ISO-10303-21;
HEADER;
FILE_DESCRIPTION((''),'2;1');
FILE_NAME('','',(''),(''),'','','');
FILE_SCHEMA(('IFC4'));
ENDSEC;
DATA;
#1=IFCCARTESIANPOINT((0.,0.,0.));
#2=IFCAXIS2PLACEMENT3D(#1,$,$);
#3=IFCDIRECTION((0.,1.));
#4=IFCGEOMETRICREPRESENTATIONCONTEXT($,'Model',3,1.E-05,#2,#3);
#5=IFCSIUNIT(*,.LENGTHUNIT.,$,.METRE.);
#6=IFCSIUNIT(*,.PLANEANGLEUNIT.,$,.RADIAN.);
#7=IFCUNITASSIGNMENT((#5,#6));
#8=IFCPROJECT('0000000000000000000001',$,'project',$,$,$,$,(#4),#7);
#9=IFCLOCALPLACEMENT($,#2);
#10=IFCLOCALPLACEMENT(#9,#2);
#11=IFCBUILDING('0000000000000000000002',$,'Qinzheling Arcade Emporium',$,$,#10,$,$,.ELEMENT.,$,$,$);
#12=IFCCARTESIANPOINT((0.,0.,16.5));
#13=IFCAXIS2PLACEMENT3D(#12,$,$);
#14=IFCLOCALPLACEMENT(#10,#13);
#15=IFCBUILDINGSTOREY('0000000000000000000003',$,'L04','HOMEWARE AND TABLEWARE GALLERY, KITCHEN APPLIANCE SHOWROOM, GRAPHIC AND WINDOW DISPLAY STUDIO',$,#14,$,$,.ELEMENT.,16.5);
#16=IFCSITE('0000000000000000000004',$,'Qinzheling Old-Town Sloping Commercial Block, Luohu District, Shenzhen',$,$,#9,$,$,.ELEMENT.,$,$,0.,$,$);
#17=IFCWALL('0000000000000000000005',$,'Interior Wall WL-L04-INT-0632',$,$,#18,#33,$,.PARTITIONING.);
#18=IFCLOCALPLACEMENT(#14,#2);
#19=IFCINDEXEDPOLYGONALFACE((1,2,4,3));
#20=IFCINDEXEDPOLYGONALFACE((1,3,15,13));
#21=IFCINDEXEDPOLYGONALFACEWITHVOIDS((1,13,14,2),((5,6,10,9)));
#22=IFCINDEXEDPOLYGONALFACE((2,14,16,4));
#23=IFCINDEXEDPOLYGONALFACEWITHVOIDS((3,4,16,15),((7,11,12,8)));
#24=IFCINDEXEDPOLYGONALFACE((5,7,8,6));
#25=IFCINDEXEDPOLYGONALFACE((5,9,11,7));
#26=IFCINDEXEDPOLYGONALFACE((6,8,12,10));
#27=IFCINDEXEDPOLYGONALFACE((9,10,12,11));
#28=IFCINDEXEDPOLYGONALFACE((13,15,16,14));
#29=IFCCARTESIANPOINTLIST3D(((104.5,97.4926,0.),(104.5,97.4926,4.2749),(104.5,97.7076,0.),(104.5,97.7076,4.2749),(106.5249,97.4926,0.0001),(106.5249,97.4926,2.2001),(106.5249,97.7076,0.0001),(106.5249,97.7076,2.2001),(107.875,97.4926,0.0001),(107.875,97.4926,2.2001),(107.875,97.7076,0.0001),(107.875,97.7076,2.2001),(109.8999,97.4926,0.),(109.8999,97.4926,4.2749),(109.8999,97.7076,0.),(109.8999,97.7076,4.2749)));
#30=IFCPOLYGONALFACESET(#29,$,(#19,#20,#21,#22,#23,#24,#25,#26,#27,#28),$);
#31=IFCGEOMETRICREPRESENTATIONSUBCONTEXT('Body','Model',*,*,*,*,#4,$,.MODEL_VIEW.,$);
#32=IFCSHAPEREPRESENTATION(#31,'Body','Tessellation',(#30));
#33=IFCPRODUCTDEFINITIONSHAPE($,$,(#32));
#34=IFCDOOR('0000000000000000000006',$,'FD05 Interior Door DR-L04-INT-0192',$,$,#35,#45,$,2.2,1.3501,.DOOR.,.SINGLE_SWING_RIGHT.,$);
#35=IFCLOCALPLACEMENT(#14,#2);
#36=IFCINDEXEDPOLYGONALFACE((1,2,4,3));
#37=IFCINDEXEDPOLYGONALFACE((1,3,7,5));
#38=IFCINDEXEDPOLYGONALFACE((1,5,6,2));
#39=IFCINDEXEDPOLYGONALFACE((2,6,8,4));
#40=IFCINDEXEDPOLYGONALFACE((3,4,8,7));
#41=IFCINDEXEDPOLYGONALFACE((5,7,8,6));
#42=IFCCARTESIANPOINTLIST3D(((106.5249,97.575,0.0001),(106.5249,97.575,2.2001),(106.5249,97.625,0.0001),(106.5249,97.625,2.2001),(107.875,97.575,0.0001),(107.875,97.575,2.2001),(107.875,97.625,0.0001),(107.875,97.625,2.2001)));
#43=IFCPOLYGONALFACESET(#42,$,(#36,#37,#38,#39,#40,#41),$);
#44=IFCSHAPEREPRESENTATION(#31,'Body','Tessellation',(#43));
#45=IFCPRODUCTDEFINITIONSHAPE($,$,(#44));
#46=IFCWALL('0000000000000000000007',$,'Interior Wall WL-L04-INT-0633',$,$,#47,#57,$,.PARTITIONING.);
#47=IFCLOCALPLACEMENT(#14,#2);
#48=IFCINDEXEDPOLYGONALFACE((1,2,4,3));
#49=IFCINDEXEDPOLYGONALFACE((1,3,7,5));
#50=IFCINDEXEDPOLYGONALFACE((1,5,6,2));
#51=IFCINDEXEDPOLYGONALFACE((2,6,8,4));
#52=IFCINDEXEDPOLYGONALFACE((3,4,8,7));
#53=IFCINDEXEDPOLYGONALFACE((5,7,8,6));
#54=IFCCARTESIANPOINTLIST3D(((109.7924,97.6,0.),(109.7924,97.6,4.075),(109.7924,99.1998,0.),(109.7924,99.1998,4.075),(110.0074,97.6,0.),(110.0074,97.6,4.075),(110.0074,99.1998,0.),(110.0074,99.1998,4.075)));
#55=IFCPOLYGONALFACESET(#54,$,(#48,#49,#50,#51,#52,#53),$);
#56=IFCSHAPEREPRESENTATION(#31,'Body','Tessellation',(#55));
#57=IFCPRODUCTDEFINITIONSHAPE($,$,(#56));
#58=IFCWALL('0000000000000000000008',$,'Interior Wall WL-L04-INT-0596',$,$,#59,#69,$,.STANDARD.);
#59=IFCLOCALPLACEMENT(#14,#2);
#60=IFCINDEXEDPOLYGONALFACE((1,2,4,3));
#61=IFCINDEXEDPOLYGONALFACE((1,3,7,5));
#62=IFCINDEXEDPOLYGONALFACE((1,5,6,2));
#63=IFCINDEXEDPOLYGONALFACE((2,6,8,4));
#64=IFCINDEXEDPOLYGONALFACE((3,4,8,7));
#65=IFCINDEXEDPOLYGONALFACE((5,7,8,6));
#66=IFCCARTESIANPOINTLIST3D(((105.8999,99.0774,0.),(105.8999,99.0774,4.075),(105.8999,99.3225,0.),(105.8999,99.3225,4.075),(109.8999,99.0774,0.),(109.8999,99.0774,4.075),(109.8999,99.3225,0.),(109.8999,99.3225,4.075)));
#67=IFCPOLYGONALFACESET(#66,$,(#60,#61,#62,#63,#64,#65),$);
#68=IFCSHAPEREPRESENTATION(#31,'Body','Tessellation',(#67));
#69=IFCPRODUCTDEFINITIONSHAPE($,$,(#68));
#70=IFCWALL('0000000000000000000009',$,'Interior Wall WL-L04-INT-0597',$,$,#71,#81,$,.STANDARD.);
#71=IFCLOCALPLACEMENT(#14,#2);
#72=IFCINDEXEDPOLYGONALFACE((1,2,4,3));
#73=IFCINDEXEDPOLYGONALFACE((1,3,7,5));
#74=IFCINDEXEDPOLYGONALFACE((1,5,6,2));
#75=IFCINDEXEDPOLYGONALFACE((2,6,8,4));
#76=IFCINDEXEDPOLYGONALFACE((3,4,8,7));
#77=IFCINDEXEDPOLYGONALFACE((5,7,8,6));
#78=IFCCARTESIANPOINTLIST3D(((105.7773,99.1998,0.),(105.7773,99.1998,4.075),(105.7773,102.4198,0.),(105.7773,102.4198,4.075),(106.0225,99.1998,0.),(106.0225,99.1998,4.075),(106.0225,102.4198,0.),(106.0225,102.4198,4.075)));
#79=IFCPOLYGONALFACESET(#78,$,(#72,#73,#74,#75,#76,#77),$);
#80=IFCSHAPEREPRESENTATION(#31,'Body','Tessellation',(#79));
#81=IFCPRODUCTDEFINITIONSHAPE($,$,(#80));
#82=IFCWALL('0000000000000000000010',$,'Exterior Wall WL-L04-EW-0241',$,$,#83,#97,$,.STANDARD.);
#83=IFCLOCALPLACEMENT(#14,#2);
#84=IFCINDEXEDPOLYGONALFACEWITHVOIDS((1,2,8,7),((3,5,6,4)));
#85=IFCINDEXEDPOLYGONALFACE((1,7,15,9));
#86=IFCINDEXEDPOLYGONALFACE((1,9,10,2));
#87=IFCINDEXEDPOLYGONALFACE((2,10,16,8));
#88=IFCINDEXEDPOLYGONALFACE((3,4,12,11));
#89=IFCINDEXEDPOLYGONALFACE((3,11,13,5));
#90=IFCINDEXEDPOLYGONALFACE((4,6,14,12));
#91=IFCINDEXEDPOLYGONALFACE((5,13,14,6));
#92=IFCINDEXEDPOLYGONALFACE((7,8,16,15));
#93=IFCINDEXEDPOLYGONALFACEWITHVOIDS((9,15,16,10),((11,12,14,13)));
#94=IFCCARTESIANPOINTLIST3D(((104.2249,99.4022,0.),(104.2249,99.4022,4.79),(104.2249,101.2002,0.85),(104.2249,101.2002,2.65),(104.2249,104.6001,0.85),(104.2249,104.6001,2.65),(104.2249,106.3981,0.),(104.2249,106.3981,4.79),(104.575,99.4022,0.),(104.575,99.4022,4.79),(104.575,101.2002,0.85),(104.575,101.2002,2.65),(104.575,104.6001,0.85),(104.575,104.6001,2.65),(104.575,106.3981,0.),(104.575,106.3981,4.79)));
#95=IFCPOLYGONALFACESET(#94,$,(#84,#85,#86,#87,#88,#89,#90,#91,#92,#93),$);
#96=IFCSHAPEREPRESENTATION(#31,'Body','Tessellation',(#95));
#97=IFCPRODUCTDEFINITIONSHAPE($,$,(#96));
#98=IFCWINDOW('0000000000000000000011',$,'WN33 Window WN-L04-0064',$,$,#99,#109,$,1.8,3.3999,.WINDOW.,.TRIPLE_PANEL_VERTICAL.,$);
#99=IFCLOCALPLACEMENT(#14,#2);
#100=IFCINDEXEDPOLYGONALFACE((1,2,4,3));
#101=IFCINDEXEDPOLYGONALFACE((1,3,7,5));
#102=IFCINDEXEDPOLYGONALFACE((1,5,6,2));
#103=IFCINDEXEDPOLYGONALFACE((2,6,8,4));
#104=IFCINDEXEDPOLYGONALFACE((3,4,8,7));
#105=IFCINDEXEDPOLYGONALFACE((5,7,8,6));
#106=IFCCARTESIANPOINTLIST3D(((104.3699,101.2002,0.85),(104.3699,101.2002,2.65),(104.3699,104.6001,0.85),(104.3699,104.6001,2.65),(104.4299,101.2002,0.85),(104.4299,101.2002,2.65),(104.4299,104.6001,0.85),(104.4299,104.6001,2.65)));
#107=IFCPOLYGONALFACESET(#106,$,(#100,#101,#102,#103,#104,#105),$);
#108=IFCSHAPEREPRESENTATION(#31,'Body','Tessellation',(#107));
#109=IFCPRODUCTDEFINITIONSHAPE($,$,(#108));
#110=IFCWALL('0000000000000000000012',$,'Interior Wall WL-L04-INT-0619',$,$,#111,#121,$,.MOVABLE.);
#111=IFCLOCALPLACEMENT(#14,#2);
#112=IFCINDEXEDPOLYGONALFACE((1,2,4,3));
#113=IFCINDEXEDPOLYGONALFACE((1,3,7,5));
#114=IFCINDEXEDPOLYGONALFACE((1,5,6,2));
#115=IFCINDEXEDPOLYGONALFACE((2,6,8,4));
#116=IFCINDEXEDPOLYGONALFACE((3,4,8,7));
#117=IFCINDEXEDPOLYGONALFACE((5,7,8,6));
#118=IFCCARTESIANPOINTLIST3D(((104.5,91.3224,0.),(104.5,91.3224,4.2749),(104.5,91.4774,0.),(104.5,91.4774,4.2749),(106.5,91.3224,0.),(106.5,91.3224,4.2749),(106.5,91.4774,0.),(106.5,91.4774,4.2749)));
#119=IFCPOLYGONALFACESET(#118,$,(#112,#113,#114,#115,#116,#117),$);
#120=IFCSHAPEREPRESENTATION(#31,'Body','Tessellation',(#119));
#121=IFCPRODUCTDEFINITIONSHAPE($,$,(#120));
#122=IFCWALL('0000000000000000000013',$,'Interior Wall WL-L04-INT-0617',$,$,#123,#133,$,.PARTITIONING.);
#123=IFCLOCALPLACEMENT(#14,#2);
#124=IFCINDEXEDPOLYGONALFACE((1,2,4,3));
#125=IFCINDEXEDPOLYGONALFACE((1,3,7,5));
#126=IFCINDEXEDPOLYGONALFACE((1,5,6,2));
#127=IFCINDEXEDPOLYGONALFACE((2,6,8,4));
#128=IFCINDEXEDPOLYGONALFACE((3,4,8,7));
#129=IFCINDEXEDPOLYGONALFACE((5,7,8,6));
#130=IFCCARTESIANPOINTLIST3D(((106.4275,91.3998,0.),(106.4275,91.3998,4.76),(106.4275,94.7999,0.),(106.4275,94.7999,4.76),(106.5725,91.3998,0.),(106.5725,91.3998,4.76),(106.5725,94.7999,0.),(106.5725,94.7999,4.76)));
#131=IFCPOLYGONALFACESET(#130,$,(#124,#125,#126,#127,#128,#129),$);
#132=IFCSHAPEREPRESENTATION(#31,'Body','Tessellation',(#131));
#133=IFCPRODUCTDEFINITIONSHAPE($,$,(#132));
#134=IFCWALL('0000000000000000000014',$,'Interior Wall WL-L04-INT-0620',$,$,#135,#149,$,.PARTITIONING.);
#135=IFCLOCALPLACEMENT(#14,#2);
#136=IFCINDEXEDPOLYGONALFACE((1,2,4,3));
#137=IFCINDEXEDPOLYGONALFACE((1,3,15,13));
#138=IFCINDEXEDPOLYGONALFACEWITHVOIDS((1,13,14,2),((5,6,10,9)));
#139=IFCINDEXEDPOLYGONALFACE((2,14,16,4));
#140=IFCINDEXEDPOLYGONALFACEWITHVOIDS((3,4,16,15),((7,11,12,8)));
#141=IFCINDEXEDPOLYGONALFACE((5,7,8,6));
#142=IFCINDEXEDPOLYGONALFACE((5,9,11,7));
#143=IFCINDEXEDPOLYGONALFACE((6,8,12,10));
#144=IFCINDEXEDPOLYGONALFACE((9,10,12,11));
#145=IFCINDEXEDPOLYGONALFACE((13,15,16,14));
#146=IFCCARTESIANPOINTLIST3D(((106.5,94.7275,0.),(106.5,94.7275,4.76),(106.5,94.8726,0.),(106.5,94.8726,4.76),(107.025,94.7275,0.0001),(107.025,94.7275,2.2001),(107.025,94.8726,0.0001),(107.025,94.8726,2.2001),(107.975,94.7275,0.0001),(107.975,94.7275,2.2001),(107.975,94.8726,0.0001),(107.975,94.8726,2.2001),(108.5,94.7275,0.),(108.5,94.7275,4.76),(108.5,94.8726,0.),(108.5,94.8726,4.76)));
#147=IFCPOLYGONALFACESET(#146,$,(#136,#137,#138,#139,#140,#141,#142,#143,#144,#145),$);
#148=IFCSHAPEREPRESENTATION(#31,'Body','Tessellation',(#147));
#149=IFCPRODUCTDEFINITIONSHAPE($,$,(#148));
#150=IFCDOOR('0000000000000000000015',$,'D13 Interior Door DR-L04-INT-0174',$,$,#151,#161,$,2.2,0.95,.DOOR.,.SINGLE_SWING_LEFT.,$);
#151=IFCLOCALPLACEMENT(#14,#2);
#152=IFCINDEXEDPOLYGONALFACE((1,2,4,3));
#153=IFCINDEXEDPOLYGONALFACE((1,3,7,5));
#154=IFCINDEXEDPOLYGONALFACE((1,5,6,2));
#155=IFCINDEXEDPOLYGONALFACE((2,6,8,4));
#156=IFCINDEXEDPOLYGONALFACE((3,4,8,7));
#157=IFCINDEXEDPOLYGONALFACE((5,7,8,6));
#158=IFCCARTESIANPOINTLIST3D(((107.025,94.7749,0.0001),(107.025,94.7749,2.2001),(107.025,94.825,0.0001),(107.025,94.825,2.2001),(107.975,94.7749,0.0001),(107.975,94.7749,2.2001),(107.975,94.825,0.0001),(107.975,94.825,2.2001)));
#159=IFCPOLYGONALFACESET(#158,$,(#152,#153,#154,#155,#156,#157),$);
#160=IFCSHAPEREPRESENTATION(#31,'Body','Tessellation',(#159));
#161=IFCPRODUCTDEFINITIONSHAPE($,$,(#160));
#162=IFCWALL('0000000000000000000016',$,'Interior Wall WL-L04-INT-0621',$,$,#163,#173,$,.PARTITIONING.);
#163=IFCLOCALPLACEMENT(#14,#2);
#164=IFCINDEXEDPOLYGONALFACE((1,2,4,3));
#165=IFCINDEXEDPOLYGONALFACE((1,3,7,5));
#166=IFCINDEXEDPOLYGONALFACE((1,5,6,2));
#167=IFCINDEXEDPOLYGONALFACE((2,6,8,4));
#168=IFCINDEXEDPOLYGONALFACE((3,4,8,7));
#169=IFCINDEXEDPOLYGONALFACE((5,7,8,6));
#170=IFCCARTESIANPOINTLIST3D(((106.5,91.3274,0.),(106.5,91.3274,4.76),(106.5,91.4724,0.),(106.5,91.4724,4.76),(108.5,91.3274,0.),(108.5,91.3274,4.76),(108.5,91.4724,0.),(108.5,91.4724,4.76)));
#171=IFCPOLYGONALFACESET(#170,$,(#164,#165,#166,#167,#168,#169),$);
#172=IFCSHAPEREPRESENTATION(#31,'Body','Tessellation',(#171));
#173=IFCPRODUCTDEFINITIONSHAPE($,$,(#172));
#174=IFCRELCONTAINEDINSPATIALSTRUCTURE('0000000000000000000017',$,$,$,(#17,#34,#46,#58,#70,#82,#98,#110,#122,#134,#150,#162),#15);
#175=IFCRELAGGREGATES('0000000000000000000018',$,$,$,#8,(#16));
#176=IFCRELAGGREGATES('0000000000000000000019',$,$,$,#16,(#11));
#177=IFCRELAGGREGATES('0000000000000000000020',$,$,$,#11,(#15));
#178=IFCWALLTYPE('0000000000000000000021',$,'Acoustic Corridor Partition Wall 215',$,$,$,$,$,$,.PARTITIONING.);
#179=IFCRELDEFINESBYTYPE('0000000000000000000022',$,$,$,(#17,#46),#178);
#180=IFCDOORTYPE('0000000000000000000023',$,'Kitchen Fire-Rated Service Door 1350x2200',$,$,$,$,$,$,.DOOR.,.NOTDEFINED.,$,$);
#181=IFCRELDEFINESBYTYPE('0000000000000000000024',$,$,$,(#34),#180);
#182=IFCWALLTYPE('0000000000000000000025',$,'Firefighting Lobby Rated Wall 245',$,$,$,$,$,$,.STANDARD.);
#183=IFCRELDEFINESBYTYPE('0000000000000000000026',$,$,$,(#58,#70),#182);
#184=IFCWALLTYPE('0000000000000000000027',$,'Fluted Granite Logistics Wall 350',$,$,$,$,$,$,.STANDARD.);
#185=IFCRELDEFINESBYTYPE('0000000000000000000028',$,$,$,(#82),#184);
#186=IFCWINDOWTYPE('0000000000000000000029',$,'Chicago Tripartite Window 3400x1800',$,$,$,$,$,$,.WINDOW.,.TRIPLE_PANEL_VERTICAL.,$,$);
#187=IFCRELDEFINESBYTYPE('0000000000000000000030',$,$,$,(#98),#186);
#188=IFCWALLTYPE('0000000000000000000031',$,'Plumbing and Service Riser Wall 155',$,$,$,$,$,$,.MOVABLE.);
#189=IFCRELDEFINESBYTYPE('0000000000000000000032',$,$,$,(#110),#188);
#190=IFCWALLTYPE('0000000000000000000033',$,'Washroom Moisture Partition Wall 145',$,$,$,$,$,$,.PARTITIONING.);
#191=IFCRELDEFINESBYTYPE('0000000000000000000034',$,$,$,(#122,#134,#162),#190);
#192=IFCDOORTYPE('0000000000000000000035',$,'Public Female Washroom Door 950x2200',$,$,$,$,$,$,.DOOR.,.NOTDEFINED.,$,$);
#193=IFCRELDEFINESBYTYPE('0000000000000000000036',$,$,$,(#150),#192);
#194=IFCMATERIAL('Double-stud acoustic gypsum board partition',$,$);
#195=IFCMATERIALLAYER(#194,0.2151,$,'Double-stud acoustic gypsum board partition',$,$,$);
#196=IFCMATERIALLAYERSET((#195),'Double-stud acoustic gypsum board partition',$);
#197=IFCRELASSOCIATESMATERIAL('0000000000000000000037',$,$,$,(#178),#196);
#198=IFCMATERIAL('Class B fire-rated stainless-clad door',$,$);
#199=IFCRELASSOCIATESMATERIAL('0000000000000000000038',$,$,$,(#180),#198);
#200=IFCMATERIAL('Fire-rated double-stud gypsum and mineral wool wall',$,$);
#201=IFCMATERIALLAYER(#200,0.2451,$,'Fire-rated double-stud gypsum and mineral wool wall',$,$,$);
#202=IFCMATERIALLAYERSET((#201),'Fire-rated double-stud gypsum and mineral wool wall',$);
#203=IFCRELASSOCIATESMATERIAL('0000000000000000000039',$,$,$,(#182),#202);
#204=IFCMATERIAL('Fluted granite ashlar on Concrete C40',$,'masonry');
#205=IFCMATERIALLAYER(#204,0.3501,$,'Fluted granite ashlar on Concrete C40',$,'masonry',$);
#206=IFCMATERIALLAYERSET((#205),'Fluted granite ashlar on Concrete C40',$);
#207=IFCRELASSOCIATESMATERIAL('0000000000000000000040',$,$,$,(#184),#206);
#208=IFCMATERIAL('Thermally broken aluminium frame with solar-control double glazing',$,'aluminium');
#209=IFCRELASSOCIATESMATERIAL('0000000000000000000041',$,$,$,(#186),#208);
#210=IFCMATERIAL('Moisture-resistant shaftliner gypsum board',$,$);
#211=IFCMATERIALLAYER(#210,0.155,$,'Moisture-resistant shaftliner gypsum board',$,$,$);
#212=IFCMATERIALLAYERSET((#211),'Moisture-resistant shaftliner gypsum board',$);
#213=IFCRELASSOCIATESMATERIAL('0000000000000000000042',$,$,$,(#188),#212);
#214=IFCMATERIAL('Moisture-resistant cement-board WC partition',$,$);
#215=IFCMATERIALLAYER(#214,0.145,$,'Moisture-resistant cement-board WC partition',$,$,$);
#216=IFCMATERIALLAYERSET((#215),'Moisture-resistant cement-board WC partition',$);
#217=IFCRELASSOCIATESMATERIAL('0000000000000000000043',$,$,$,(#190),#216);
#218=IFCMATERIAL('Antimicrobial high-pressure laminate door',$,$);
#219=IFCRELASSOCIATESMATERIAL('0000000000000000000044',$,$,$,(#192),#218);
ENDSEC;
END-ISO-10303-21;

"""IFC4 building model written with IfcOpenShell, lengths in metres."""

from ifc_helpers import new_model, si_unit, direction, frame, frame_2d, origin, place, context, subcontext, project, spatial, rectangle, extrude, material, layer, layer_set, type_object, element, fill, save


model = new_model("IFC4")

# Units and contexts
model_context = context("Model", 3, precision=1e-05, world=origin(), true_north=direction((0.0, 1.0)))
body_context = subcontext(model_context, "Body", "Model", "MODEL_VIEW")
ifc_project = project(units=[si_unit("LENGTHUNIT", "METRE"), si_unit("PLANEANGLEUNIT", "RADIAN")], contexts=[model_context])

# Site, building, storey
site_placement = place(None, origin())
site = spatial("IfcSite", under=ifc_project, at=site_placement, Name="Qinzheling Old-Town Sloping Commercial Block, Luohu District, Shenzhen", CompositionType="ELEMENT", RefElevation=0.0)
building_placement = place(site_placement, origin())
building = spatial("IfcBuilding", under=site, at=building_placement, Name="Qinzheling Arcade Emporium", CompositionType="ELEMENT")
storey_placement = place(building_placement, frame((0.0, 0.0, 16.5)))
storey = spatial("IfcBuildingStorey", under=building, at=storey_placement, Name="L04", Description="HOMEWARE AND TABLEWARE GALLERY, KITCHEN APPLIANCE SHOWROOM, GRAPHIC AND WINDOW DISPLAY STUDIO", CompositionType="ELEMENT", Elevation=16.5)

# Shared definitions
ifc_material_1 = material(Name="Double-stud acoustic gypsum board partition")
ifc_layer_1 = layer(ifc_material_1, 0.2151, Name="Double-stud acoustic gypsum board partition")
ifc_layer_set_1 = layer_set([ifc_layer_1], Name="Double-stud acoustic gypsum board partition")
wall_type_1 = type_object("IfcWallType", Name="Acoustic Corridor Partition Wall 215", PredefinedType="PARTITIONING", material=ifc_layer_set_1)

# Wall, opening, door
wall_1_placement = place(storey_placement, frame((104.5, 97.6001, 0.0), z_axis=(0.0, 0.0, 1.0), x_axis=(1.0, 0.0, 0.0)))
wall_1 = element("IfcWall", 1, at=wall_1_placement, inside=storey, type_object=wall_type_1, Name="Interior Wall WL-L04-INT-0632", PredefinedType="PARTITIONING", context=body_context, shape_type="SweptSolid", body=[
    extrude(rectangle(XDim=5.3999, YDim=0.2151, at=frame_2d((2.7, 0.0))), origin(), (0.0, 0.0, 1.0), 4.2749),
])
opening_1_placement = place(wall_1_placement, frame((2.0249, 0.0, 0.0)))
opening_1 = element("IfcOpeningElement", 2, at=opening_1_placement, cuts=wall_1, PredefinedType="OPENING", context=body_context, shape_type="SweptSolid", body=[
    extrude(rectangle(XDim=1.3501, YDim=2.2, at=frame_2d((0.675, 1.1001))), frame((0.0, 0.1177, 0.0), z_axis=(0.0, -1.0, 0.0), x_axis=(1.0, 0.0, 0.0)), (0.0, 0.0, 1.0), 0.2351),
])
ifc_material_2 = material(Name="Class B fire-rated stainless-clad door")
door_type_1 = type_object("IfcDoorType", Name="Kitchen Fire-Rated Service Door 1350x2200", OperationType="NOTDEFINED", PredefinedType="DOOR", material=ifc_material_2)
door_1_placement = place(opening_1_placement, origin())
door_1 = element("IfcDoor", 3, at=door_1_placement, inside=storey, type_object=door_type_1, Name="FD05 Interior Door DR-L04-INT-0192", OperationType="SINGLE_SWING_RIGHT", OverallHeight=2.2, OverallWidth=1.3501, PredefinedType="DOOR", context=body_context, shape_type="SweptSolid", body=[
    extrude(rectangle(XDim=1.3501, YDim=2.2, at=frame_2d((0.675, 1.1001))), frame((0.0, 0.0249, 0.0), z_axis=(0.0, -1.0, 0.0), x_axis=(1.0, 0.0, 0.0)), (0.0, 0.0, 1.0), 0.05),
])
fill(opening_1, door_1)

# Walls
wall_2_placement = place(storey_placement, frame((109.8999, 97.6001, 0.0), z_axis=(0.0, 0.0, 1.0), x_axis=(0.0, 1.0, 0.0)))
element("IfcWall", 4, at=wall_2_placement, inside=storey, type_object=wall_type_1, Name="Interior Wall WL-L04-INT-0633", PredefinedType="PARTITIONING", context=body_context, shape_type="SweptSolid", body=[
    extrude(rectangle(XDim=1.5999, YDim=0.2151, at=frame_2d((0.7998, 0.0))), origin(), (0.0, 0.0, 1.0), 4.075),
])
ifc_material_3 = material(Name="Fire-rated double-stud gypsum and mineral wool wall")
ifc_layer_2 = layer(ifc_material_3, 0.2451, Name="Fire-rated double-stud gypsum and mineral wool wall")
ifc_layer_set_2 = layer_set([ifc_layer_2], Name="Fire-rated double-stud gypsum and mineral wool wall")
wall_type_2 = type_object("IfcWallType", Name="Firefighting Lobby Rated Wall 245", PredefinedType="STANDARD", material=ifc_layer_set_2)
wall_3_placement = place(storey_placement, frame((109.8999, 99.2, 0.0), z_axis=(0.0, 0.0, 1.0), x_axis=(-1.0, 0.0, 0.0)))
element("IfcWall", 5, at=wall_3_placement, inside=storey, type_object=wall_type_2, Name="Interior Wall WL-L04-INT-0596", PredefinedType="STANDARD", context=body_context, shape_type="SweptSolid", body=[
    extrude(rectangle(XDim=4.0, YDim=0.2451, at=frame_2d((2.0, 0.0))), origin(), (0.0, 0.0, 1.0), 4.075),
])
wall_4_placement = place(storey_placement, frame((105.8999, 99.2, 0.0), z_axis=(0.0, 0.0, 1.0), x_axis=(0.0, 1.0, 0.0)))
element("IfcWall", 6, at=wall_4_placement, inside=storey, type_object=wall_type_2, Name="Interior Wall WL-L04-INT-0597", PredefinedType="STANDARD", context=body_context, shape_type="SweptSolid", body=[
    extrude(rectangle(XDim=3.22, YDim=0.2451, at=frame_2d((1.6099, 0.0))), origin(), (0.0, 0.0, 1.0), 4.075),
])

# Wall, opening, window
ifc_material_4 = material(Name="Fluted granite ashlar on Concrete C40", Category="masonry")
ifc_layer_3 = layer(ifc_material_4, 0.3501, Name="Fluted granite ashlar on Concrete C40", Category="masonry")
ifc_layer_set_3 = layer_set([ifc_layer_3], Name="Fluted granite ashlar on Concrete C40")
wall_type_3 = type_object("IfcWallType", Name="Fluted Granite Logistics Wall 350", PredefinedType="STANDARD", material=ifc_layer_set_3)
wall_5_placement = place(storey_placement, frame((104.3999, 99.4021, 0.0), z_axis=(0.0, 0.0, 1.0), x_axis=(0.0, 1.0, 0.0)))
wall_5 = element("IfcWall", 7, at=wall_5_placement, inside=storey, type_object=wall_type_3, Name="Exterior Wall WL-L04-EW-0241", PredefinedType="STANDARD", context=body_context, shape_type="SweptSolid", body=[
    extrude(rectangle(XDim=6.9958, YDim=0.3501, at=frame_2d((3.498, 0.0))), origin(), (0.0, 0.0, 1.0), 4.79),
])
opening_2_placement = place(wall_5_placement, frame((1.7981, 0.0, 0.8501)))
opening_2 = element("IfcOpeningElement", 8, at=opening_2_placement, cuts=wall_5, PredefinedType="OPENING", context=body_context, shape_type="SweptSolid", body=[
    extrude(rectangle(XDim=3.3999, YDim=1.8, at=frame_2d((1.7, 0.8999))), frame((0.0, 0.1851, 0.0), z_axis=(0.0, -1.0, 0.0), x_axis=(1.0, 0.0, 0.0)), (0.0, 0.0, 1.0), 0.3701),
])
ifc_material_5 = material(Name="Thermally broken aluminium frame with solar-control double glazing", Category="aluminium")
window_type = type_object("IfcWindowType", Name="Chicago Tripartite Window 3400x1800", PartitioningType="TRIPLE_PANEL_VERTICAL", PredefinedType="WINDOW", material=ifc_material_5)
window_placement = place(opening_2_placement, origin())
window = element("IfcWindow", 9, at=window_placement, inside=storey, type_object=window_type, Name="WN33 Window WN-L04-0064", OverallHeight=1.8, OverallWidth=3.3999, PartitioningType="TRIPLE_PANEL_VERTICAL", PredefinedType="WINDOW", context=body_context, shape_type="SweptSolid", body=[
    extrude(rectangle(XDim=3.3999, YDim=1.8, at=frame_2d((1.7, 0.8999))), frame((0.0, 0.03, 0.0), z_axis=(0.0, -1.0, 0.0), x_axis=(1.0, 0.0, 0.0)), (0.0, 0.0, 1.0), 0.0601),
])
fill(opening_2, window)

# Walls
ifc_material_6 = material(Name="Moisture-resistant shaftliner gypsum board")
ifc_layer_4 = layer(ifc_material_6, 0.155, Name="Moisture-resistant shaftliner gypsum board")
ifc_layer_set_4 = layer_set([ifc_layer_4], Name="Moisture-resistant shaftliner gypsum board")
wall_type_4 = type_object("IfcWallType", Name="Plumbing and Service Riser Wall 155", PredefinedType="MOVABLE", material=ifc_layer_set_4)
wall_6_placement = place(storey_placement, frame((106.5, 91.3999, 0.0), z_axis=(0.0, 0.0, 1.0), x_axis=(-1.0, 0.0, 0.0)))
element("IfcWall", 10, at=wall_6_placement, inside=storey, type_object=wall_type_4, Name="Interior Wall WL-L04-INT-0619", PredefinedType="MOVABLE", context=body_context, shape_type="SweptSolid", body=[
    extrude(rectangle(XDim=2.0, YDim=0.155, at=frame_2d((1.0, 0.0))), origin(), (0.0, 0.0, 1.0), 4.2749),
])
ifc_material_7 = material(Name="Moisture-resistant cement-board WC partition")
ifc_layer_5 = layer(ifc_material_7, 0.145, Name="Moisture-resistant cement-board WC partition")
ifc_layer_set_5 = layer_set([ifc_layer_5], Name="Moisture-resistant cement-board WC partition")
wall_type_5 = type_object("IfcWallType", Name="Washroom Moisture Partition Wall 145", PredefinedType="PARTITIONING", material=ifc_layer_set_5)
wall_7_placement = place(storey_placement, frame((106.5, 94.8, 0.0), z_axis=(0.0, 0.0, 1.0), x_axis=(0.0, -1.0, 0.0)))
element("IfcWall", 11, at=wall_7_placement, inside=storey, type_object=wall_type_5, Name="Interior Wall WL-L04-INT-0617", PredefinedType="PARTITIONING", context=body_context, shape_type="SweptSolid", body=[
    extrude(rectangle(XDim=3.4001, YDim=0.145, at=frame_2d((1.7002, 0.0))), origin(), (0.0, 0.0, 1.0), 4.76),
])

# Wall, opening, door
ifc_material_8 = material(Name="Antimicrobial high-pressure laminate door")
wall_8_placement = place(storey_placement, frame((106.5, 94.8, 0.0), z_axis=(0.0, 0.0, 1.0), x_axis=(1.0, 0.0, 0.0)))
wall_8 = element("IfcWall", 12, at=wall_8_placement, inside=storey, type_object=wall_type_5, Name="Interior Wall WL-L04-INT-0620", PredefinedType="PARTITIONING", context=body_context, shape_type="SweptSolid", body=[
    extrude(rectangle(XDim=2.0, YDim=0.145, at=frame_2d((1.0, 0.0))), origin(), (0.0, 0.0, 1.0), 4.76),
])
opening_3_placement = place(wall_8_placement, frame((0.5249, 0.0, 0.0)))
opening_3 = element("IfcOpeningElement", 13, at=opening_3_placement, cuts=wall_8, PredefinedType="OPENING", context=body_context, shape_type="SweptSolid", body=[
    extrude(rectangle(XDim=0.95, YDim=2.2, at=frame_2d((0.4751, 1.1001))), frame((0.0, 0.0825, 0.0), z_axis=(0.0, -1.0, 0.0), x_axis=(1.0, 0.0, 0.0)), (0.0, 0.0, 1.0), 0.165),
])
door_type_2 = type_object("IfcDoorType", Name="Public Female Washroom Door 950x2200", OperationType="NOTDEFINED", PredefinedType="DOOR", material=ifc_material_8)
door_2_placement = place(opening_3_placement, origin())
door_2 = element("IfcDoor", 14, at=door_2_placement, inside=storey, type_object=door_type_2, Name="D13 Interior Door DR-L04-INT-0174", OperationType="SINGLE_SWING_LEFT", OverallHeight=2.2, OverallWidth=0.95, PredefinedType="DOOR", context=body_context, shape_type="SweptSolid", body=[
    extrude(rectangle(XDim=0.95, YDim=2.2, at=frame_2d((0.4751, 1.1001))), frame((0.0, 0.0249, 0.0), z_axis=(0.0, -1.0, 0.0), x_axis=(1.0, 0.0, 0.0)), (0.0, 0.0, 1.0), 0.05),
])
fill(opening_3, door_2)

# Wall
wall_9_placement = place(storey_placement, frame((108.5, 91.3999, 0.0), z_axis=(0.0, 0.0, 1.0), x_axis=(-1.0, 0.0, 0.0)))
element("IfcWall", 15, at=wall_9_placement, inside=storey, type_object=wall_type_5, Name="Interior Wall WL-L04-INT-0621", PredefinedType="PARTITIONING", context=body_context, shape_type="SweptSolid", body=[
    extrude(rectangle(XDim=2.0, YDim=0.145, at=frame_2d((1.0, 0.0))), origin(), (0.0, 0.0, 1.0), 4.76),
])

save(model, "model.ifc")
